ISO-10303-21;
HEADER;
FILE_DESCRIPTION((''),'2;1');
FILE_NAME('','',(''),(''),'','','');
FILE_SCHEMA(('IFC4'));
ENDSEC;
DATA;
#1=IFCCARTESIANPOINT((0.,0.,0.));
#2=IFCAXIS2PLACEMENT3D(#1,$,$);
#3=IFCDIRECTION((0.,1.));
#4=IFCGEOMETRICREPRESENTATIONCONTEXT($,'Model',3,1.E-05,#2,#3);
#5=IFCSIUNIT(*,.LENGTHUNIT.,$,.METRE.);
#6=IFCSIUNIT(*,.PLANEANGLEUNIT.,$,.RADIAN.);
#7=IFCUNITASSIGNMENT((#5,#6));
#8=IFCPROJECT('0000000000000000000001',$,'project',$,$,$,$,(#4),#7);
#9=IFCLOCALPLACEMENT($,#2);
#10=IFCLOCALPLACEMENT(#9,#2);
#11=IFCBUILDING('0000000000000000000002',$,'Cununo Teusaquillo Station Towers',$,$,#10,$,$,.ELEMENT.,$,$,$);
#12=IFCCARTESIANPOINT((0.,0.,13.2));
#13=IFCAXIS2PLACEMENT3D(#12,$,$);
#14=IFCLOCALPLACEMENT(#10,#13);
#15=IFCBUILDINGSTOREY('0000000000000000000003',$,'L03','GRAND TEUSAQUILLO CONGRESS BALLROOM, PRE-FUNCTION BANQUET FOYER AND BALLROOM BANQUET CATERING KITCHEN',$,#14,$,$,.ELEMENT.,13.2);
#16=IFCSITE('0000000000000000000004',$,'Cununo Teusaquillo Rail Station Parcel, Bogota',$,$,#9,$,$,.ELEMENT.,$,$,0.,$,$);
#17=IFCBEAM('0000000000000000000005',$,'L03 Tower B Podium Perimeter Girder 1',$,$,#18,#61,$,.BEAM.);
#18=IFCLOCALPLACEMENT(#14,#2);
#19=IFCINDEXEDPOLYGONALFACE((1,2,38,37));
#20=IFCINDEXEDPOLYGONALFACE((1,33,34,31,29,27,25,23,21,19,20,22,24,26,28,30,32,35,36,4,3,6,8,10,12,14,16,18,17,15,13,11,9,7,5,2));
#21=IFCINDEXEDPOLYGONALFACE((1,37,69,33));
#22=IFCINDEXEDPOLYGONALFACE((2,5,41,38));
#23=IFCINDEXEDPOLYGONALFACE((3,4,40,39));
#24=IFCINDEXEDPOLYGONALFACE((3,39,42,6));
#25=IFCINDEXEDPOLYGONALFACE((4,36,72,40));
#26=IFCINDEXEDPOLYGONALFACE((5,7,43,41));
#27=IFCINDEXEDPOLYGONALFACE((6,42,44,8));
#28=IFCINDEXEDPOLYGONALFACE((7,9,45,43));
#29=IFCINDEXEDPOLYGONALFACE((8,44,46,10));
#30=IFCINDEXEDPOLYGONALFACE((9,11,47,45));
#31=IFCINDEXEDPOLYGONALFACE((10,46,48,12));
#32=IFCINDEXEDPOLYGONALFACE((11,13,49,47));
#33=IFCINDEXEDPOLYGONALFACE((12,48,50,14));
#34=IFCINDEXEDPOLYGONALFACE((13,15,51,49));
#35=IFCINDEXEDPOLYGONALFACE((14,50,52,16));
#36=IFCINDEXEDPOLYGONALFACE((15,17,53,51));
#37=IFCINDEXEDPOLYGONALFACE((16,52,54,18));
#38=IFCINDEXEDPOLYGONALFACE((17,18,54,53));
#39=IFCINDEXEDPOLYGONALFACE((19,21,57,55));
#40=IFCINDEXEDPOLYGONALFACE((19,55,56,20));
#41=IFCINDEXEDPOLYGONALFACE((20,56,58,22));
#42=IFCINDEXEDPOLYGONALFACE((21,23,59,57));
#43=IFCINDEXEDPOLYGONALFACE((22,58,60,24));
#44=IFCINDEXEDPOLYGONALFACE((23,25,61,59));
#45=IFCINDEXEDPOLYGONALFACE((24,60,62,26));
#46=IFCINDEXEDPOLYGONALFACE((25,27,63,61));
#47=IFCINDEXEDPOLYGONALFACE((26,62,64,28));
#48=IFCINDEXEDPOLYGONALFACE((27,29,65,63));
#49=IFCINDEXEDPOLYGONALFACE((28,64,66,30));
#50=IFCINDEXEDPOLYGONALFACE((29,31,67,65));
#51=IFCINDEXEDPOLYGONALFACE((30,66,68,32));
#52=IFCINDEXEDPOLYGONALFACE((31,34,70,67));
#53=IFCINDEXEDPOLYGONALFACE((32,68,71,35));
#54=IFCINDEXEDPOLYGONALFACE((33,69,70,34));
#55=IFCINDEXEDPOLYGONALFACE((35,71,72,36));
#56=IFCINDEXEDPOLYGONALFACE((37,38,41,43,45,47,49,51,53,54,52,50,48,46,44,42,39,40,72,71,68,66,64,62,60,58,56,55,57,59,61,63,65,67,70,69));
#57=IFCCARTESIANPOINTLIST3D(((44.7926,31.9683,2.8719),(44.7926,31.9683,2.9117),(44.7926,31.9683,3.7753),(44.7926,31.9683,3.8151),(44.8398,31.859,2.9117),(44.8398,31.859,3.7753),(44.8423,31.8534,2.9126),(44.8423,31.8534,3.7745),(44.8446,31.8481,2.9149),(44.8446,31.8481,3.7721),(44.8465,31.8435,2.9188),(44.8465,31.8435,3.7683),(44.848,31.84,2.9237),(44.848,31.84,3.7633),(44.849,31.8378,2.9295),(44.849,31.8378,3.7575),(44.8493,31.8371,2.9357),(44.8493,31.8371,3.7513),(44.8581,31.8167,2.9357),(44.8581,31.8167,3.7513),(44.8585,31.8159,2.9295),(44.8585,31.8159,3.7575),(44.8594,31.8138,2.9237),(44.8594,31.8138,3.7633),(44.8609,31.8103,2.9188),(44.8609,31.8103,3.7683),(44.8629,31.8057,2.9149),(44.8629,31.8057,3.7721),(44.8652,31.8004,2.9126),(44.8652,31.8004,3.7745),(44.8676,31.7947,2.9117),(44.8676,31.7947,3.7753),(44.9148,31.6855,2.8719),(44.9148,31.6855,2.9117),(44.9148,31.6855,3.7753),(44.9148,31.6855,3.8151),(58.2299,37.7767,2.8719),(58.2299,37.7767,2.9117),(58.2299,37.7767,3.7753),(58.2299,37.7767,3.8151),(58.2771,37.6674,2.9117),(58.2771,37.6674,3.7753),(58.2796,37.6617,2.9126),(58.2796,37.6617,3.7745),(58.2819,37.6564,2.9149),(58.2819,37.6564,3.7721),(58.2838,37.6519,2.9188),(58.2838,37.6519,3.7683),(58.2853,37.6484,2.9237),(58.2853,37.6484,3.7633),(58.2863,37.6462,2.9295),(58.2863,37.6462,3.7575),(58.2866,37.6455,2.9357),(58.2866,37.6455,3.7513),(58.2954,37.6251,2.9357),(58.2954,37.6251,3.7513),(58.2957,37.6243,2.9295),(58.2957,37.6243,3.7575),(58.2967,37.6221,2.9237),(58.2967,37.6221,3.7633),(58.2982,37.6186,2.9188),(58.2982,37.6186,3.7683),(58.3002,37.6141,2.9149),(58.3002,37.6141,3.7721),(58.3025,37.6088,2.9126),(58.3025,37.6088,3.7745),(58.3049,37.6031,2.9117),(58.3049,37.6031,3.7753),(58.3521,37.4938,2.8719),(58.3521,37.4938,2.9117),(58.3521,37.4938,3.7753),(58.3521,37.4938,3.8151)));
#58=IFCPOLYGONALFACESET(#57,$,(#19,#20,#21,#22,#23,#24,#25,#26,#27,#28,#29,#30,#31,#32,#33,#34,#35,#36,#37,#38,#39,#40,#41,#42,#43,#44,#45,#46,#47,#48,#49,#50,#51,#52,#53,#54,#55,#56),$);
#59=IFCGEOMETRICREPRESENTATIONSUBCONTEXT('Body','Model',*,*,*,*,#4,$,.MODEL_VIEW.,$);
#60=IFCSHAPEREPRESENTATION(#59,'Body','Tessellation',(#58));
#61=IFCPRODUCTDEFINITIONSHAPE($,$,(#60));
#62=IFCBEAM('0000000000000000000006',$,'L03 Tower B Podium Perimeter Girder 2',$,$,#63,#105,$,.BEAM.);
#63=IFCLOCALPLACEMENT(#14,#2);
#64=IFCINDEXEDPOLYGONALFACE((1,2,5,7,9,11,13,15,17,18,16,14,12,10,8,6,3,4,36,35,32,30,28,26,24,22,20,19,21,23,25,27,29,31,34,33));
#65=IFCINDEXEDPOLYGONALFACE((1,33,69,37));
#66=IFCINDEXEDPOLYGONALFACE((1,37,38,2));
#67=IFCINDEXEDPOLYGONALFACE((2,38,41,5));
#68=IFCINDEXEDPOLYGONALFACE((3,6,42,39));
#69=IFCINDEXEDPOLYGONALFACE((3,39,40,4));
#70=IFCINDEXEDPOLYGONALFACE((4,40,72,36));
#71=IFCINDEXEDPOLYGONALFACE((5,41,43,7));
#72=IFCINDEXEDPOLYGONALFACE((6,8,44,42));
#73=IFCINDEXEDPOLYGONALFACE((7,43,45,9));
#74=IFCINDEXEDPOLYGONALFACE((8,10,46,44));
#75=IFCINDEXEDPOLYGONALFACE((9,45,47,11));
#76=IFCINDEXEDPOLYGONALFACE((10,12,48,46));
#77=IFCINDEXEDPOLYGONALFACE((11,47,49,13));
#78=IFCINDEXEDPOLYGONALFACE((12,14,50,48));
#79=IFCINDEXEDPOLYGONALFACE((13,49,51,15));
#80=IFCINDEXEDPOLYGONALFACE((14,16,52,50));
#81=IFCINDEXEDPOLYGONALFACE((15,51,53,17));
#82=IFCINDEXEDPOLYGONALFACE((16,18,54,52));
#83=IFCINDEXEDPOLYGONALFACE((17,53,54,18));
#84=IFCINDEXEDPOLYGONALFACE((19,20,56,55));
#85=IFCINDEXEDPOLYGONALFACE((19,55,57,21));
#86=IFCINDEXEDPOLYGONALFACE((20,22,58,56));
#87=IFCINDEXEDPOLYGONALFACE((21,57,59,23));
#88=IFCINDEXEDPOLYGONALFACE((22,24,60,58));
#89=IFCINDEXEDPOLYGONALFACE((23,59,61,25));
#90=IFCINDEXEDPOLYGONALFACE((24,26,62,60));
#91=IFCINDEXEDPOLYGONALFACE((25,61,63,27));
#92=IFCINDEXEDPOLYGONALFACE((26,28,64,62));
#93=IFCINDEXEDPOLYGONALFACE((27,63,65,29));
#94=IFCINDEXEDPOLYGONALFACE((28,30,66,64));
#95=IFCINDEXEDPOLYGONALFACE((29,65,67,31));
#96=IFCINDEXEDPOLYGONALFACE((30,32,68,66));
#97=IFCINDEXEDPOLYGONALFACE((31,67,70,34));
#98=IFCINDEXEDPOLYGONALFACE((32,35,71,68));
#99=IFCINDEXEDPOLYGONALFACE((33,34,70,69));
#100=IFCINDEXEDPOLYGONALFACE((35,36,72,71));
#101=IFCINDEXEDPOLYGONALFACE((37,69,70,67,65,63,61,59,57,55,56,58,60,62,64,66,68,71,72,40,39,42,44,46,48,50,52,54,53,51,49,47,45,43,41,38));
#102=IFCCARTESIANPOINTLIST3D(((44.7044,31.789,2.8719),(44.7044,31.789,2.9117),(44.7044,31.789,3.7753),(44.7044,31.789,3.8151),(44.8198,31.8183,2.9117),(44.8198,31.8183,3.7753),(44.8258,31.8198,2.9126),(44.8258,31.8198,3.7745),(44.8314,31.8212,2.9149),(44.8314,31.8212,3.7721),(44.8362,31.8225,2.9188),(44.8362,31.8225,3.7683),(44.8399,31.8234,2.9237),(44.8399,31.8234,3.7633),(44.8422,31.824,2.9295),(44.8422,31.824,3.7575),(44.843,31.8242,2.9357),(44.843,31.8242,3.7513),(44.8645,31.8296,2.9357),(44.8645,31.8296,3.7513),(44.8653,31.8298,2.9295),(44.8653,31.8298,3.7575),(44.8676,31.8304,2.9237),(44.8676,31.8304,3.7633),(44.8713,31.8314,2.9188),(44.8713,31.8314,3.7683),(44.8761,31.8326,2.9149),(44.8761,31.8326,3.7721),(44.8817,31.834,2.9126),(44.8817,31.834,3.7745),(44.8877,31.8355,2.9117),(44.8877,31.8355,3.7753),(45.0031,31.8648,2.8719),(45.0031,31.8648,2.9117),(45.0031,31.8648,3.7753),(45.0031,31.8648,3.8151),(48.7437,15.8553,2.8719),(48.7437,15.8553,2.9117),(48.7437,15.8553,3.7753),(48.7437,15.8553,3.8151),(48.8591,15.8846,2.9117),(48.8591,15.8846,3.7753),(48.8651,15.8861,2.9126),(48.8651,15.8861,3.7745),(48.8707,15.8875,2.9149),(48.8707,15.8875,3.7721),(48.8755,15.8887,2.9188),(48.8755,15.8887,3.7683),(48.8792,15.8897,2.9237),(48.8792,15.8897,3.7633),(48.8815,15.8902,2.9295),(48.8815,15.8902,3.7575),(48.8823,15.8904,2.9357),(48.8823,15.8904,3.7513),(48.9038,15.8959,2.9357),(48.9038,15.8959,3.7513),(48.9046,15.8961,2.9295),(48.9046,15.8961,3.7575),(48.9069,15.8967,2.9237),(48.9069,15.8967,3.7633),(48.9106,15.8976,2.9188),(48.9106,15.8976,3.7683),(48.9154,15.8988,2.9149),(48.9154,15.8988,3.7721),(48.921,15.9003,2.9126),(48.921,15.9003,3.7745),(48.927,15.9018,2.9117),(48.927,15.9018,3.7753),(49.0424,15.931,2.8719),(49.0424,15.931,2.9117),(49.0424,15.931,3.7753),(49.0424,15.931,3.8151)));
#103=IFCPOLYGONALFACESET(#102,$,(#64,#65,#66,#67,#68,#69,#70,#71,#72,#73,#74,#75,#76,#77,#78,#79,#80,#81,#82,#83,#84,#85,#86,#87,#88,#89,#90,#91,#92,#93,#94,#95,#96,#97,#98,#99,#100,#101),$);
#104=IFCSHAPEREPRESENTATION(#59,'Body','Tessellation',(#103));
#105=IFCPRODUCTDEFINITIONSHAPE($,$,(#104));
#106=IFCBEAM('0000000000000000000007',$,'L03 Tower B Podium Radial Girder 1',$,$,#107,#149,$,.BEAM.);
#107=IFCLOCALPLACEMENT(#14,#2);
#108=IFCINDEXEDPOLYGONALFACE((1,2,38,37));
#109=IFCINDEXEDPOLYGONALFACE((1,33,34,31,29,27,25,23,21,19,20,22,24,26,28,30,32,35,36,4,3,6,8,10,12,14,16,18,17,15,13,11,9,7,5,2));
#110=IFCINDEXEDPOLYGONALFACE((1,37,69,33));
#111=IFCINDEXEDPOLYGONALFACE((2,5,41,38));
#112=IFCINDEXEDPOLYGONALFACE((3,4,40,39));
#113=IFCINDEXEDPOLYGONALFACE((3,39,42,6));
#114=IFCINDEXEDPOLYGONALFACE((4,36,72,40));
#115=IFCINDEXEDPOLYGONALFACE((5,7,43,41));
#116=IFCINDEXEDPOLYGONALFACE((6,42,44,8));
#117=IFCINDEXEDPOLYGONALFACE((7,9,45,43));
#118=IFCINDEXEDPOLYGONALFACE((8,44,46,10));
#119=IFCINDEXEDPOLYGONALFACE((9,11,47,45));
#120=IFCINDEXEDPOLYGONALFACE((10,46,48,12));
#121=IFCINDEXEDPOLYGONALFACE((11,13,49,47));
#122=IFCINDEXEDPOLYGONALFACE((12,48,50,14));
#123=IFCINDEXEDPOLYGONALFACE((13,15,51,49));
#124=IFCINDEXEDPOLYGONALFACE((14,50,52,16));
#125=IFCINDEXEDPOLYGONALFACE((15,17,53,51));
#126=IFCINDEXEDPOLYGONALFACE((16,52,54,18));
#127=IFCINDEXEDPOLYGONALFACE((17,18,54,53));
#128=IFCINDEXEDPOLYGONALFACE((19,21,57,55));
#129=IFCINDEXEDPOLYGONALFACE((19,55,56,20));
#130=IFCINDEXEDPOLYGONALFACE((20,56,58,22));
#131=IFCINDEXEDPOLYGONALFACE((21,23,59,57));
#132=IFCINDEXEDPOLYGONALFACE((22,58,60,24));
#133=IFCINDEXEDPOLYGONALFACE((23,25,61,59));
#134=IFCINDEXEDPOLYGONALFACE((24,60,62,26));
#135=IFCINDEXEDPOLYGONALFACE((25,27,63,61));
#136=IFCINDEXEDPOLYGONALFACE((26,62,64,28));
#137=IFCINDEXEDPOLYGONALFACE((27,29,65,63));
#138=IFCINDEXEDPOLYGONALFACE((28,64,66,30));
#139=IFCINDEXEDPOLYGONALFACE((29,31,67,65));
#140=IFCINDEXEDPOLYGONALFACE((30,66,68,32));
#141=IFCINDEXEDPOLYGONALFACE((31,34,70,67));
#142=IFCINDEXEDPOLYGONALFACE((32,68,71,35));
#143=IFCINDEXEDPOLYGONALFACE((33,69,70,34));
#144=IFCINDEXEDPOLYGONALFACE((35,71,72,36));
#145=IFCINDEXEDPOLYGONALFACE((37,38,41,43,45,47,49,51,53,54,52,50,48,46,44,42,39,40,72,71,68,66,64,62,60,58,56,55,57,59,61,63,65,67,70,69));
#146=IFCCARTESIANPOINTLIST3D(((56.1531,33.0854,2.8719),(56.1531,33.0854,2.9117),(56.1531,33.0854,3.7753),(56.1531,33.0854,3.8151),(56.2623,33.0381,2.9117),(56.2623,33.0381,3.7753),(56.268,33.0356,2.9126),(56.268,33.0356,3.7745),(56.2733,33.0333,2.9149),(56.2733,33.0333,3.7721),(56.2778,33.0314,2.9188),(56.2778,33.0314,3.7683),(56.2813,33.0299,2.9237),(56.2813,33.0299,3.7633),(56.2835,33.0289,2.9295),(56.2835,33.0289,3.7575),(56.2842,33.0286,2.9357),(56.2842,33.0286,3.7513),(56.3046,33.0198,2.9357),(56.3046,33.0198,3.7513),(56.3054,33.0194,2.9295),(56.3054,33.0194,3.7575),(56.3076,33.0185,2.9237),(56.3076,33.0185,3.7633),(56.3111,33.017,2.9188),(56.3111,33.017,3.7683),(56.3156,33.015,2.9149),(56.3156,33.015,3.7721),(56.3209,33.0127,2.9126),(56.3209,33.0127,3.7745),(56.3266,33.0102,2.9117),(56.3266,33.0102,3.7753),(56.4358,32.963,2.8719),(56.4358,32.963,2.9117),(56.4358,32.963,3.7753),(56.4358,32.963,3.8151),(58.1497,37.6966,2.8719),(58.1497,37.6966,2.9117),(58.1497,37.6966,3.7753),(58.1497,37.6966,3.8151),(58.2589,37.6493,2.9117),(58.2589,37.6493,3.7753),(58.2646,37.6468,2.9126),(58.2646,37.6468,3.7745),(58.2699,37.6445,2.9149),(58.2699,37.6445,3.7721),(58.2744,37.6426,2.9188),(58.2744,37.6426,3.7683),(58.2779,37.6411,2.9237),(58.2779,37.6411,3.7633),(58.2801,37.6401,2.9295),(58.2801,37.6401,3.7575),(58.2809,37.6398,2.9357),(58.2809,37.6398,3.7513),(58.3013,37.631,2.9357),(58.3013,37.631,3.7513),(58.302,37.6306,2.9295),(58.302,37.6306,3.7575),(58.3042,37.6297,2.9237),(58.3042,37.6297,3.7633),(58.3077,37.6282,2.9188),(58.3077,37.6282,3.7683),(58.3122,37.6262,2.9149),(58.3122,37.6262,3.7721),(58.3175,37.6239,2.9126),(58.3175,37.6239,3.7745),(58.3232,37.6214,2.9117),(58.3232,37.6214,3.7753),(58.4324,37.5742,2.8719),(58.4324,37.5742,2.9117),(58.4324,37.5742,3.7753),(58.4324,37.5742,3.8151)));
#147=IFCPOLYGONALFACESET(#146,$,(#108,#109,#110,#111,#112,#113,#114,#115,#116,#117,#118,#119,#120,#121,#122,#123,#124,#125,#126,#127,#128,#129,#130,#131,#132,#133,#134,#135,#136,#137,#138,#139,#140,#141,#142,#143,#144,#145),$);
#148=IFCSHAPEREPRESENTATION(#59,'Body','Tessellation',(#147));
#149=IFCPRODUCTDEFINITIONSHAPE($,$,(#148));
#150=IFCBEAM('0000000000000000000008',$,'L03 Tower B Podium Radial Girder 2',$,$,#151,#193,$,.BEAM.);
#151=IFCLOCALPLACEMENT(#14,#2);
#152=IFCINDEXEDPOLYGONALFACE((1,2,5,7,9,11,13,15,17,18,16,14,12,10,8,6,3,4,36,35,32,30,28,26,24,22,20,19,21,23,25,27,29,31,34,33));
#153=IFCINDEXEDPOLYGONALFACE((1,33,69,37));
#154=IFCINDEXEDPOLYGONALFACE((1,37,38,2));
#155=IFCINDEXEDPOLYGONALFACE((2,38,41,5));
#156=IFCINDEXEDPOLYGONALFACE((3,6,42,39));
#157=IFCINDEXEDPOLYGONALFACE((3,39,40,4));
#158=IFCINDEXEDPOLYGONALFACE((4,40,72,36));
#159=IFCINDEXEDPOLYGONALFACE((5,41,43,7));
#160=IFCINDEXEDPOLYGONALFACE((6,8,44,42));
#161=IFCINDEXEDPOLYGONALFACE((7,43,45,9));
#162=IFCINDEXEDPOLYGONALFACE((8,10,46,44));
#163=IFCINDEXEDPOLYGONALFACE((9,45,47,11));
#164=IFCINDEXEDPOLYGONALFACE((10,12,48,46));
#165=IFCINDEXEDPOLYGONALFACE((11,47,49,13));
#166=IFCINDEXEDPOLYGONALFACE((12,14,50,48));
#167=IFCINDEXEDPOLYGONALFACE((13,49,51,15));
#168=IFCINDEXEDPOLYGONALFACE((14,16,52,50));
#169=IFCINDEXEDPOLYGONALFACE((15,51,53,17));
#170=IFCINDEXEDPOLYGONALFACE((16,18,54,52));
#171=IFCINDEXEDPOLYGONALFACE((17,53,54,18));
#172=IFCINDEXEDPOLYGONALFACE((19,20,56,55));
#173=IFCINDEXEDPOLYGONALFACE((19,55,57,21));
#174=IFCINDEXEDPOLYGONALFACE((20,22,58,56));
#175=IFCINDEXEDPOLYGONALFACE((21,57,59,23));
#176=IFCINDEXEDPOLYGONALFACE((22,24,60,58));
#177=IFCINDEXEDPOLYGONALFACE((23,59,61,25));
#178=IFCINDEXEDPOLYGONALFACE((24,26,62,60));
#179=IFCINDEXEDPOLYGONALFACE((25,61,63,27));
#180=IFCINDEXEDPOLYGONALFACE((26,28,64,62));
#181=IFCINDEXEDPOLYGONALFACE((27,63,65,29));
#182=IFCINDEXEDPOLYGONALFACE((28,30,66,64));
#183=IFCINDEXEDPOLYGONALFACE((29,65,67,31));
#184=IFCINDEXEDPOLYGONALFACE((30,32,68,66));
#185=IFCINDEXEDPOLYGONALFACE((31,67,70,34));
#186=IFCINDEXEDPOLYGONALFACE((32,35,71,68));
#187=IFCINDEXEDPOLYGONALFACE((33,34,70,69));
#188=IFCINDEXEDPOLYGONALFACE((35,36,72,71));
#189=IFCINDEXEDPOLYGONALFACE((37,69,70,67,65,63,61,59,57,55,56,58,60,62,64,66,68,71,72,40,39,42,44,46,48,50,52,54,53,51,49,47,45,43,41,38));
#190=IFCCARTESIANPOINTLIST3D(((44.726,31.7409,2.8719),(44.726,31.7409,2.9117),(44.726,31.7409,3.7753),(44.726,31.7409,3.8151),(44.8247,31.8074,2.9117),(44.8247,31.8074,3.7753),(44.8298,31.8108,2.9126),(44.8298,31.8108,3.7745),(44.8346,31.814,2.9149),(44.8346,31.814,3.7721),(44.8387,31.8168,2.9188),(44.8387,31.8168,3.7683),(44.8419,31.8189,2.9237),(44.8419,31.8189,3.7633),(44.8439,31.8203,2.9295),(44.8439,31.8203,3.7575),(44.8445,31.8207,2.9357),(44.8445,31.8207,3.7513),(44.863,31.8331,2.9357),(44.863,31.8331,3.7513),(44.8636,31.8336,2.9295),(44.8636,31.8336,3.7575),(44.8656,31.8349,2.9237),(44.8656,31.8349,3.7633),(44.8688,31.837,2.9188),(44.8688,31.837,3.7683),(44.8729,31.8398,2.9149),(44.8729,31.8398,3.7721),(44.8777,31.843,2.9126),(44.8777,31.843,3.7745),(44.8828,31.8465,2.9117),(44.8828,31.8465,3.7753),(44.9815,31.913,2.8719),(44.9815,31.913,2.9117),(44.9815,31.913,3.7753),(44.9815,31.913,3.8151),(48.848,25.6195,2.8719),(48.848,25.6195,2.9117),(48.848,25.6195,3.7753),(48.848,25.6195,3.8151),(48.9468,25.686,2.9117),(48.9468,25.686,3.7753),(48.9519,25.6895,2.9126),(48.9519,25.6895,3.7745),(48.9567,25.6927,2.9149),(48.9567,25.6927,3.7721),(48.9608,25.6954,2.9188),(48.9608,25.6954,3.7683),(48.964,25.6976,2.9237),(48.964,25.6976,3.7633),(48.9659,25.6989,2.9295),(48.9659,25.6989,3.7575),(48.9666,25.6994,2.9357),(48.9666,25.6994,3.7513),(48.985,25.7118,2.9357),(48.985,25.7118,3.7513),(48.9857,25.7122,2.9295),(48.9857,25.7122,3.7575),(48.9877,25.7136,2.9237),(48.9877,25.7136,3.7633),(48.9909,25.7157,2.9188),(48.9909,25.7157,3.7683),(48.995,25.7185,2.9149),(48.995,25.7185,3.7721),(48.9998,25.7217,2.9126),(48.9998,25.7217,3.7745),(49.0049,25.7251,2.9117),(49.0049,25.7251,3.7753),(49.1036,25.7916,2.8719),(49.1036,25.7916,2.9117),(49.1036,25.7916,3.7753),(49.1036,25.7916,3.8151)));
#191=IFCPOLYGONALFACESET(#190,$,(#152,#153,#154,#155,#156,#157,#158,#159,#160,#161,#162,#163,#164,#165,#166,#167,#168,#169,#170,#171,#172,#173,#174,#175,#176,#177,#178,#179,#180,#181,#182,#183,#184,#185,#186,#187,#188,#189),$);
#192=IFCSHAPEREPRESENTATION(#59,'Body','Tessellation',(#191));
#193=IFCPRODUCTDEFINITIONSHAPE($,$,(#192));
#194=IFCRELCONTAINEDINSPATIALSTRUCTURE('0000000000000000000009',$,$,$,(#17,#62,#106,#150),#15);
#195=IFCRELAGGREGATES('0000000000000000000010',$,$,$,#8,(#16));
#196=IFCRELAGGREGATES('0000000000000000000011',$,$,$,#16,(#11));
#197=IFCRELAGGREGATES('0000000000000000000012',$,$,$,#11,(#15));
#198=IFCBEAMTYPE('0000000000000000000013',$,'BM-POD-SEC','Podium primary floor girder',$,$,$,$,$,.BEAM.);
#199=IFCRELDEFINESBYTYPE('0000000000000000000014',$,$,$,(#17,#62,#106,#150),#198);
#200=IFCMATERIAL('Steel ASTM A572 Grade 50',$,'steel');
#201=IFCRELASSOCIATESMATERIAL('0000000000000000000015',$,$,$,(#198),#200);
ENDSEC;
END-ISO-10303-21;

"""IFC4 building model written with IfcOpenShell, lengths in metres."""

from ifc_helpers import new_model, si_unit, direction, frame, origin, origin_2d, place, context, subcontext, project, spatial, i_section, extrude, material, material_profile, profile_set, type_object, element, save


model = new_model("IFC4")

# Units and contexts
model_context = context("Model", 3, precision=1e-05, world=origin(), true_north=direction((0.0, 1.0)))
body_context = subcontext(model_context, "Body", "Model", "MODEL_VIEW")
ifc_project = project(units=[si_unit("LENGTHUNIT", "METRE"), si_unit("PLANEANGLEUNIT", "RADIAN")], contexts=[model_context])

# Site, building, storey
site_placement = place(None, origin())
site = spatial("IfcSite", under=ifc_project, at=site_placement, Name="Cununo Teusaquillo Rail Station Parcel, Bogota", CompositionType="ELEMENT", RefElevation=0.0)
building_placement = place(site_placement, origin())
building = spatial("IfcBuilding", under=site, at=building_placement, Name="Cununo Teusaquillo Station Towers", CompositionType="ELEMENT")
storey_placement = place(building_placement, frame((0.0, 0.0, 13.2)))
storey = spatial("IfcBuildingStorey", under=building, at=storey_placement, Name="L03", Description="GRAND TEUSAQUILLO CONGRESS BALLROOM, PRE-FUNCTION BANQUET FOYER AND BALLROOM BANQUET CATERING KITCHEN", CompositionType="ELEMENT", Elevation=13.2)

# Beams
ifc_material_1 = material(Name="Steel ASTM A572 Grade 50", Category="steel")
ifc_material_profile_1 = material_profile(ifc_material_1, i_section(OverallWidth=0.3081, OverallDepth=0.9431, WebThickness=0.0222, FlangeThickness=0.0398, FilletRadius=0.0239, at=origin_2d()), Name="W36X232")
ifc_profile_set_1 = profile_set([ifc_material_profile_1], Name="Steel ASTM A572 Grade 50")
beam_type_1 = type_object("IfcBeamType", Name="BM-POD-SEC", Description="Podium primary floor girder", PredefinedType="BEAM", material=ifc_profile_set_1)
beam_1_placement = place(storey_placement, frame((58.291, 37.6353, 3.3435), z_axis=(-0.917916, -0.396776, 0.0), x_axis=(0.396776, -0.917916, 0.0)))
element("IfcBeam", 1, at=beam_1_placement, inside=storey, type_object=beam_type_1, Name="L03 Tower B Podium Perimeter Girder 1", PredefinedType="BEAM", context=body_context, shape_type="SweptSolid", body=[
    extrude(i_section(OverallWidth=0.3081, OverallDepth=0.9431, WebThickness=0.0222, FlangeThickness=0.0398, FilletRadius=0.0239, at=origin_2d()), origin(), (0.0, 0.0, 1.0), 14.6389),
])
beam_2_placement = place(storey_placement, frame((44.8538, 31.8269, 3.3435), z_axis=(0.245732, -0.969338, 0.0), x_axis=(0.969338, 0.245732, 0.0)))
element("IfcBeam", 2, at=beam_2_placement, inside=storey, type_object=beam_type_1, Name="L03 Tower B Podium Perimeter Girder 2", PredefinedType="BEAM", context=body_context, shape_type="SweptSolid", body=[
    extrude(i_section(OverallWidth=0.3081, OverallDepth=0.9431, WebThickness=0.0222, FlangeThickness=0.0398, FilletRadius=0.0239, at=origin_2d()), origin(), (0.0, 0.0, 1.0), 16.4377),
])
beam_3_placement = place(storey_placement, frame((56.2944, 33.0242, 3.3435), z_axis=(0.397347, 0.917668, 0.0), x_axis=(-0.917668, 0.397347, 0.0)))
element("IfcBeam", 3, at=beam_3_placement, inside=storey, type_object=beam_type_1, Name="L03 Tower B Podium Radial Girder 1", PredefinedType="BEAM", context=body_context, shape_type="SweptSolid", body=[
    extrude(i_section(OverallWidth=0.3081, OverallDepth=0.9431, WebThickness=0.0222, FlangeThickness=0.0398, FilletRadius=0.0239, at=origin_2d()), origin(), (0.0, 0.0, 1.0), 5.0249),
])
beam_4_placement = place(storey_placement, frame((48.9758, 25.7056, 3.3435), z_axis=(-0.558557, 0.829466, 0.0), x_axis=(-0.829466, -0.558557, 0.0)))
element("IfcBeam", 4, at=beam_4_placement, inside=storey, type_object=beam_type_1, Name="L03 Tower B Podium Radial Girder 2", PredefinedType="BEAM", context=body_context, shape_type="SweptSolid", body=[
    extrude(i_section(OverallWidth=0.3081, OverallDepth=0.9431, WebThickness=0.0222, FlangeThickness=0.0398, FilletRadius=0.0239, at=origin_2d()), origin(), (0.0, 0.0, 1.0), 7.3799),
])

save(model, "model.ifc")
